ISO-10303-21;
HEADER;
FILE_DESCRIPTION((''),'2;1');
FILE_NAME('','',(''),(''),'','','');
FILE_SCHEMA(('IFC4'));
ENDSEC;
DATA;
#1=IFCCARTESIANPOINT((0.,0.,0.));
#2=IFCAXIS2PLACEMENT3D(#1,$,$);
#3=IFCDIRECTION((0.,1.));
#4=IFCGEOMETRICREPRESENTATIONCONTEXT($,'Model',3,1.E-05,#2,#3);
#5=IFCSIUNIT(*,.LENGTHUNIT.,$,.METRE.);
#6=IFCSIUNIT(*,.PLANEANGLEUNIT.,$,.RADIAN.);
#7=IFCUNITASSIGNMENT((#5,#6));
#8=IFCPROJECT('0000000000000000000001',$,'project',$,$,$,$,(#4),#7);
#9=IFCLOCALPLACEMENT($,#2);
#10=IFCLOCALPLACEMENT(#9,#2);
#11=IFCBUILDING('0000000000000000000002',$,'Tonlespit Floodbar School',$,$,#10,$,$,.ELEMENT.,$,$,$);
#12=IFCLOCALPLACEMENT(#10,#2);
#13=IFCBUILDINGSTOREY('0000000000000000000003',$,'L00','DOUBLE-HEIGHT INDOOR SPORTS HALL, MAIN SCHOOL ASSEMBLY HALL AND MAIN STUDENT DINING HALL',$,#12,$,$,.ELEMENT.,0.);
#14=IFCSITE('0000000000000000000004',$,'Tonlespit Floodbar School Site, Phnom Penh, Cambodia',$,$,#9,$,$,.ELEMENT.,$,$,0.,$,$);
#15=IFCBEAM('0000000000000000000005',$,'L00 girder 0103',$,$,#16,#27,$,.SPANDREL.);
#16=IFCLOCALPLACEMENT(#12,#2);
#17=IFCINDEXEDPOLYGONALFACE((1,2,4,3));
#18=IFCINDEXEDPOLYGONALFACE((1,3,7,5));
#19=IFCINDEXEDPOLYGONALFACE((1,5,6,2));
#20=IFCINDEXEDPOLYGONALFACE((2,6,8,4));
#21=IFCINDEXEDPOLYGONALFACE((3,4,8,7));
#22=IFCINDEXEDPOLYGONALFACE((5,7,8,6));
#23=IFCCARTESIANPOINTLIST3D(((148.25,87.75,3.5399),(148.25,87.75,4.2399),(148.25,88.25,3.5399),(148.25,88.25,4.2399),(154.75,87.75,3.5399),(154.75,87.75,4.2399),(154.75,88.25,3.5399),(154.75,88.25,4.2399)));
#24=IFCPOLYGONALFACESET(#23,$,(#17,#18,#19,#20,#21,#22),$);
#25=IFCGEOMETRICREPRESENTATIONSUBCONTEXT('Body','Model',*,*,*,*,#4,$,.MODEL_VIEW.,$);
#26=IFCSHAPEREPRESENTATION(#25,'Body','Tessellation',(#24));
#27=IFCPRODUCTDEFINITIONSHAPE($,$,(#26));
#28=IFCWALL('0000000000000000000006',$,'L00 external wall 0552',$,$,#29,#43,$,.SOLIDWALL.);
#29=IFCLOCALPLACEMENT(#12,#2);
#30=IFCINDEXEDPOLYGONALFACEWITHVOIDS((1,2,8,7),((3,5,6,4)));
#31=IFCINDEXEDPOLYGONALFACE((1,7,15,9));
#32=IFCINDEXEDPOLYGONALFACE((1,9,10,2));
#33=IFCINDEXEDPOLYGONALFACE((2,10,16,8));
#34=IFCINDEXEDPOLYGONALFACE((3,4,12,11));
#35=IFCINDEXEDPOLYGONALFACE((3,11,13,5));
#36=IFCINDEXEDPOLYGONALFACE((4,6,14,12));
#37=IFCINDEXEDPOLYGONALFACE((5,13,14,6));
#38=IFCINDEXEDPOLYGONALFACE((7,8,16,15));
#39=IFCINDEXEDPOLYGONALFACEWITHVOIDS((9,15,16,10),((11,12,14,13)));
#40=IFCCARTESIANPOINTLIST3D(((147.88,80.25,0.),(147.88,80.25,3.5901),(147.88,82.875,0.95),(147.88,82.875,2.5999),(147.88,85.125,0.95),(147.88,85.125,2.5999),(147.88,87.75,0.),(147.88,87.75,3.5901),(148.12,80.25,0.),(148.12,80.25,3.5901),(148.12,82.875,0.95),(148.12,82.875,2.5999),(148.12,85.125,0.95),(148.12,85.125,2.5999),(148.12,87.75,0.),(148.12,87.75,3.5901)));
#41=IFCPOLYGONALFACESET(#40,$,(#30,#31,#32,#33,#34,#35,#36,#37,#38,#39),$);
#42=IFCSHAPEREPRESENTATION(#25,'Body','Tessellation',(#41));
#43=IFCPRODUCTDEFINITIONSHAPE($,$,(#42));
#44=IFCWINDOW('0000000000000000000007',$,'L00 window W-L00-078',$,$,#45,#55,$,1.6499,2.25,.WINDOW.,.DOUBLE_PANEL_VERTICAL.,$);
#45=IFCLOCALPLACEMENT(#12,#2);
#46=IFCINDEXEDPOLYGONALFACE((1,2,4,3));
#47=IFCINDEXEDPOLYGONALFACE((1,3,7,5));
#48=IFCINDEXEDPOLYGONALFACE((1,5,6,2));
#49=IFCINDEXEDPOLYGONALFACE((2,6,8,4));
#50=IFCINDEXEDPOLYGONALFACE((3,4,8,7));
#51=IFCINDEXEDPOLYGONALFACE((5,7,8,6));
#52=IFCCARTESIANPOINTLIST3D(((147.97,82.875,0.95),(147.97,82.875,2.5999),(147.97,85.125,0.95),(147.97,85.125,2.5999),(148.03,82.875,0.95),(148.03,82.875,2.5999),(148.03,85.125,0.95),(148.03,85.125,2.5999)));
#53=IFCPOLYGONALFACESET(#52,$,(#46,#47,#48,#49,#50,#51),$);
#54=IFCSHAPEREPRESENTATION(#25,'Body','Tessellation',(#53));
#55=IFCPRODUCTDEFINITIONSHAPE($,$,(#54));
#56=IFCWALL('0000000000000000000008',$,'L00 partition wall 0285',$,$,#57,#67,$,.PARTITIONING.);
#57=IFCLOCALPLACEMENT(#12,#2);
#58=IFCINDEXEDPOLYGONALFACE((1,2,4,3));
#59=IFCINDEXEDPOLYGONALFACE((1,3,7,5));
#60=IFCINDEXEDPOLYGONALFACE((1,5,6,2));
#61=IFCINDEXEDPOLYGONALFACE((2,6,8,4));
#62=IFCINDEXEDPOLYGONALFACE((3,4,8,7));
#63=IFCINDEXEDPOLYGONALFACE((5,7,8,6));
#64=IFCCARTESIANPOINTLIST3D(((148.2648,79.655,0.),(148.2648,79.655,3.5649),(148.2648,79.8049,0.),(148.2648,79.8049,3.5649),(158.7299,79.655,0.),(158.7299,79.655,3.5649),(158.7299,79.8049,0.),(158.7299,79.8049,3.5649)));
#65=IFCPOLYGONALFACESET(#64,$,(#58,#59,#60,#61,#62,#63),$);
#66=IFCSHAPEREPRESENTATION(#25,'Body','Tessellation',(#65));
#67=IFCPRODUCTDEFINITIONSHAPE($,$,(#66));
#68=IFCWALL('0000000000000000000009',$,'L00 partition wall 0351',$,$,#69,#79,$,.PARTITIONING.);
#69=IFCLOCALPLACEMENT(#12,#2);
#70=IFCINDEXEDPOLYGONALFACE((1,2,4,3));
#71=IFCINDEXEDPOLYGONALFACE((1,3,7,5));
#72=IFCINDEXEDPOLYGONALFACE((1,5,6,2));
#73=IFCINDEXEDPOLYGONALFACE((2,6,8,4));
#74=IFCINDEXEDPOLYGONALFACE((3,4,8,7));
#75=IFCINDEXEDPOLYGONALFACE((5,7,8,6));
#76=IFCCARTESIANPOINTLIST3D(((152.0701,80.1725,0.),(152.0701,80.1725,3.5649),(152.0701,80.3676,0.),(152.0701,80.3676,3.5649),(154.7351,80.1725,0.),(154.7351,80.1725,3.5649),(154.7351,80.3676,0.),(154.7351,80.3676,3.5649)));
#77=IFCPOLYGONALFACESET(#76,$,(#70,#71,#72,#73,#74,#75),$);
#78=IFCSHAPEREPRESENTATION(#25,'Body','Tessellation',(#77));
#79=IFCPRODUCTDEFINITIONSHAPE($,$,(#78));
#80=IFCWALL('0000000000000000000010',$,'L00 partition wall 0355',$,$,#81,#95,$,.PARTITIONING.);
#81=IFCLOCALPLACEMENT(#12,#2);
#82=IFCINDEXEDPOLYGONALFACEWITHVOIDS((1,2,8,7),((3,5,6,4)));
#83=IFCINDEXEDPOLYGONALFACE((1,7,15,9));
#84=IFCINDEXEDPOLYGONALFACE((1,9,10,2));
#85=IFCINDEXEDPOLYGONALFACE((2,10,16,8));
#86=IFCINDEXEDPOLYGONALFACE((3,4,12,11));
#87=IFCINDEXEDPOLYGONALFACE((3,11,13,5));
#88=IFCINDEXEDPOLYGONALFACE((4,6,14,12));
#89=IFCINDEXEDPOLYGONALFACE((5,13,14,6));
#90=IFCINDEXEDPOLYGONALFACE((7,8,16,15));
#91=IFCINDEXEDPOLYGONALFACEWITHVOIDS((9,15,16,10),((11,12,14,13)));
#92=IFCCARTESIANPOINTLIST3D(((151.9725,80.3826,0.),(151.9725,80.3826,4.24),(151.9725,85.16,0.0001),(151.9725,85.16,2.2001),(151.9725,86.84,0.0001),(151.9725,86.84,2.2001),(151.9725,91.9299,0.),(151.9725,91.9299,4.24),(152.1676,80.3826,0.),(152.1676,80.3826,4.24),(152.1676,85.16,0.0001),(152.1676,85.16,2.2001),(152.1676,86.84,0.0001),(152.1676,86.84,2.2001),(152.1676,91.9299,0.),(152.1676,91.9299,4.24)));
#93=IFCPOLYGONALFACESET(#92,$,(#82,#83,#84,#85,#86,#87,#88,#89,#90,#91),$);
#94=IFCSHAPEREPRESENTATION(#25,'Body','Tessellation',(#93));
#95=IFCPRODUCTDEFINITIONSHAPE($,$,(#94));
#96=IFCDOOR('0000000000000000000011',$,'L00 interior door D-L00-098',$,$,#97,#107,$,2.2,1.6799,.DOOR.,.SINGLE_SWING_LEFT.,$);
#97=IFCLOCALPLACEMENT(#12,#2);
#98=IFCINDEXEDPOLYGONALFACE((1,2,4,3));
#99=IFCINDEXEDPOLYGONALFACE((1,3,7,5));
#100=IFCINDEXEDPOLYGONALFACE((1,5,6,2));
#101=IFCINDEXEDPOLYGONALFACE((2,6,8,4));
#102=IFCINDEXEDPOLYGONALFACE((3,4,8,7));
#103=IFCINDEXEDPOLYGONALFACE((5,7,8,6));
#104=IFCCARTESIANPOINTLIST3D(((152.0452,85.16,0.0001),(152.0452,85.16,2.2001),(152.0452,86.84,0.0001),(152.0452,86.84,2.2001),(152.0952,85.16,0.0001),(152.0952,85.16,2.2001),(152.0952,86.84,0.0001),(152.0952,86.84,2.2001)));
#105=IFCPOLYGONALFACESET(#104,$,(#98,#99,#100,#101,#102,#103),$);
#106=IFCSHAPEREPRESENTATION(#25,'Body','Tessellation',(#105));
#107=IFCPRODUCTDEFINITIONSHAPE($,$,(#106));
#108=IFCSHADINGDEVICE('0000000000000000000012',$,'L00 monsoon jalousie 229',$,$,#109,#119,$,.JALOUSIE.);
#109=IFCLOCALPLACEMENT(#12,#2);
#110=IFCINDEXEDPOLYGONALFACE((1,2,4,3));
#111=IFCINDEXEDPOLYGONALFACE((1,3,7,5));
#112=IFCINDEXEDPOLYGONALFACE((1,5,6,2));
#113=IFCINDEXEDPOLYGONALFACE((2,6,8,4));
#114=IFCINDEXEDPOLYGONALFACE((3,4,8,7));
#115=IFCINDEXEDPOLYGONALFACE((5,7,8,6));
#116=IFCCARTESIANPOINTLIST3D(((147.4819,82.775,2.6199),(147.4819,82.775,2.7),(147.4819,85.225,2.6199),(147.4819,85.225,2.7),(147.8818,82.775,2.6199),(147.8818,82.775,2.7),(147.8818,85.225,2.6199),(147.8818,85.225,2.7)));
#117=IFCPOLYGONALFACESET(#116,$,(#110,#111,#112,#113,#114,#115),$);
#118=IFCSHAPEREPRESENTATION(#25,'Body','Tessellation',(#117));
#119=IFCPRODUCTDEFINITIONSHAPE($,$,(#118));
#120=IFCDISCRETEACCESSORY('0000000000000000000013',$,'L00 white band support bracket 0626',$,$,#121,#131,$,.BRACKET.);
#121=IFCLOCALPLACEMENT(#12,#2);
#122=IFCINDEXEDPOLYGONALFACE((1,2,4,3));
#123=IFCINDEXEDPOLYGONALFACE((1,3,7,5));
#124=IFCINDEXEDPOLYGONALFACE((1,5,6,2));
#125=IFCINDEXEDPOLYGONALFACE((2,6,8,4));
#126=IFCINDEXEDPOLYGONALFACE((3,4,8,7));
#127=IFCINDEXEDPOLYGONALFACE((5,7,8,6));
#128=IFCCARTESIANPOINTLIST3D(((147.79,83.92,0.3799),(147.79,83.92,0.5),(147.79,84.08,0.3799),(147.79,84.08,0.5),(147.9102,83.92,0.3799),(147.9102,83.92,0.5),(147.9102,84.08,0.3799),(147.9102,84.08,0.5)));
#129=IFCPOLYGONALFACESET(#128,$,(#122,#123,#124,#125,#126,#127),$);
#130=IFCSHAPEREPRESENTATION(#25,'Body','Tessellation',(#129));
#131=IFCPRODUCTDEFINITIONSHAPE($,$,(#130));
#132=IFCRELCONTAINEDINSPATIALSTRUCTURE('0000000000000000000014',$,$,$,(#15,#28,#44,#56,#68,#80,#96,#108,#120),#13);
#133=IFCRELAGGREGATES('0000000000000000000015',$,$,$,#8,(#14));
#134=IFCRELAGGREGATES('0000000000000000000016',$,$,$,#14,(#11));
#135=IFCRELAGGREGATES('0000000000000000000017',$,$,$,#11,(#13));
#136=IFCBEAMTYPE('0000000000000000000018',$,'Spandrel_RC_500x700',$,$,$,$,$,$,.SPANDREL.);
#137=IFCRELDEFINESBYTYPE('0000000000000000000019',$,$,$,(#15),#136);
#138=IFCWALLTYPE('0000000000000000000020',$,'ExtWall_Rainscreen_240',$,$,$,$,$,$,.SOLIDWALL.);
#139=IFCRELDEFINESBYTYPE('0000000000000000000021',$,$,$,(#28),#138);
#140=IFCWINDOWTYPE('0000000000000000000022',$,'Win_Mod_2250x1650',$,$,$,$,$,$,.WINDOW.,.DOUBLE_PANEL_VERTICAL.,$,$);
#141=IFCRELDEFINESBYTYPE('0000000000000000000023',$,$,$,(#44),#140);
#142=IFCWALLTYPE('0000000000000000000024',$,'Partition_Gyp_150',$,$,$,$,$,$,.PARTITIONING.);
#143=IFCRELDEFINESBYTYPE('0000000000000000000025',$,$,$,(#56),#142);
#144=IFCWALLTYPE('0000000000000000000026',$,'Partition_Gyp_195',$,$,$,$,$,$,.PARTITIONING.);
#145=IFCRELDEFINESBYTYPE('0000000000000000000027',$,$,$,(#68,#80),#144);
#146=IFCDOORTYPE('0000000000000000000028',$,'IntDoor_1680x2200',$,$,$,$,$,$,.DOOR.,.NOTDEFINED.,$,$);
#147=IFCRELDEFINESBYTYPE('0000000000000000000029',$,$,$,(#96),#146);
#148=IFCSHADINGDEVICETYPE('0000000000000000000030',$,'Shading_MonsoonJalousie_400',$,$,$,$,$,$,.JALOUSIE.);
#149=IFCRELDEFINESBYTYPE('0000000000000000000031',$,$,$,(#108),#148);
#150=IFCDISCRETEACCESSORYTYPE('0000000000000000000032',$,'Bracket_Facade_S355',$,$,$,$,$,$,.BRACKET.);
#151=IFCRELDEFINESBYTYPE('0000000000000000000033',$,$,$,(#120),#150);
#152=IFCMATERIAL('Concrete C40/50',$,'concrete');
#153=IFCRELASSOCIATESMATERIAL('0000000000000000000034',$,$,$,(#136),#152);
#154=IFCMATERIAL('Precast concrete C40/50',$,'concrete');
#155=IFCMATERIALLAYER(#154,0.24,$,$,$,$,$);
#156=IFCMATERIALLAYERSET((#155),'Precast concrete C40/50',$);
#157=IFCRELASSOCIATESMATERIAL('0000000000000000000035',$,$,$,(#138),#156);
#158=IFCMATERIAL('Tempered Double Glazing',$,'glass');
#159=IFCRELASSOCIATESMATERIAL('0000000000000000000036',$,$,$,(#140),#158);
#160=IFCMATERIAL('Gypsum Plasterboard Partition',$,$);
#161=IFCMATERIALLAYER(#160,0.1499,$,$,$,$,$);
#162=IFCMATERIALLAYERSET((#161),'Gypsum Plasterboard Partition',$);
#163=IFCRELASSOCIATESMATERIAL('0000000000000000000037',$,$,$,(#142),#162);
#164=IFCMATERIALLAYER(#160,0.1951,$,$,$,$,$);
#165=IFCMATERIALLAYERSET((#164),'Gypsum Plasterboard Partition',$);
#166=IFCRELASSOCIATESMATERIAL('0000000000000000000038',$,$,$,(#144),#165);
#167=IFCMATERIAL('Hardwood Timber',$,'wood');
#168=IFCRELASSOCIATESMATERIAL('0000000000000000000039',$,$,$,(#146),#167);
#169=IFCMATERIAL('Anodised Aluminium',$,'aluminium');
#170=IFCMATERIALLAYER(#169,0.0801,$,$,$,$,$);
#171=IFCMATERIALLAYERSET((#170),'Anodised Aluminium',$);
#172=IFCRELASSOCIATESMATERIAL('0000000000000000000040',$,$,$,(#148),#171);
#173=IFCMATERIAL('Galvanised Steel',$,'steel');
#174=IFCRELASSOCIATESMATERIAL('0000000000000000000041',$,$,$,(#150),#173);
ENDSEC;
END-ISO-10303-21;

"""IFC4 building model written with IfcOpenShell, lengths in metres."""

from ifc_helpers import new_model, si_unit, direction, frame, frame_2d, origin, origin_2d, place, context, subcontext, project, spatial, rectangle, extrude, material, layer, layer_set, material_profile, profile_set, type_object, element, fill, save


model = new_model("IFC4")

# Units and contexts
model_context = context("Model", 3, precision=1e-05, world=origin(), true_north=direction((0.0, 1.0)))
body_context = subcontext(model_context, "Body", "Model", "MODEL_VIEW")
ifc_project = project(units=[si_unit("LENGTHUNIT", "METRE"), si_unit("PLANEANGLEUNIT", "RADIAN")], contexts=[model_context])

# Site, building, storey
site_placement = place(None, origin())
site = spatial("IfcSite", under=ifc_project, at=site_placement, Name="Tonlespit Floodbar School Site, Phnom Penh, Cambodia", CompositionType="ELEMENT", RefElevation=0.0)
building_placement = place(site_placement, origin())
building = spatial("IfcBuilding", under=site, at=building_placement, Name="Tonlespit Floodbar School", CompositionType="ELEMENT")
storey_placement = place(building_placement, origin())
storey = spatial("IfcBuildingStorey", under=building, at=storey_placement, Name="L00", Description="DOUBLE-HEIGHT INDOOR SPORTS HALL, MAIN SCHOOL ASSEMBLY HALL AND MAIN STUDENT DINING HALL", CompositionType="ELEMENT", Elevation=0.0)

# Shared definitions
ifc_material_1 = material(Name="Concrete C40/50", Category="concrete")

# Beam
ifc_material_profile_1 = material_profile(ifc_material_1, rectangle(XDim=0.5, YDim=0.7, at=origin_2d()), Name="RC 500x700")
ifc_profile_set_1 = profile_set([ifc_material_profile_1], Name="Concrete C40/50")
beam_type_1 = type_object("IfcBeamType", Name="Spandrel_RC_500x700", PredefinedType="SPANDREL", material=ifc_profile_set_1)
beam_1_placement = place(storey_placement, frame((148.25, 88.0, 3.8899), z_axis=(1.0, 0.0, 0.0), x_axis=(0.0, 1.0, 0.0)))
element("IfcBeam", 1, at=beam_1_placement, inside=storey, type_object=beam_type_1, Name="L00 girder 0103", PredefinedType="SPANDREL", context=body_context, shape_type="SweptSolid", body=[
    extrude(rectangle(XDim=0.5, YDim=0.7, at=origin_2d()), origin(), (0.0, 0.0, 1.0), 6.5),
])

# Wall, opening, window
ifc_material_2 = material(Name="Precast concrete C40/50", Category="concrete")
ifc_layer_1 = layer(ifc_material_2, 0.24)
ifc_layer_set_1 = layer_set([ifc_layer_1], Name="Precast concrete C40/50")
wall_type_1 = type_object("IfcWallType", Name="ExtWall_Rainscreen_240", PredefinedType="SOLIDWALL", material=ifc_layer_set_1)
wall_1_placement = place(storey_placement, frame((148.0, 80.25, 0.0), z_axis=(0.0, 0.0, 1.0), x_axis=(0.0, 1.0, 0.0)))
wall_1 = element("IfcWall", 2, at=wall_1_placement, inside=storey, type_object=wall_type_1, Name="L00 external wall 0552", PredefinedType="SOLIDWALL", context=body_context, shape_type="SweptSolid", body=[
    extrude(rectangle(XDim=7.5, YDim=0.24, at=frame_2d((3.75, 0.0))), origin(), (0.0, 0.0, 1.0), 3.5901),
])
opening_1_placement = place(wall_1_placement, frame((2.625, 0.0, 0.95)))
opening_1 = element("IfcOpeningElement", 3, at=opening_1_placement, cuts=wall_1, PredefinedType="OPENING", context=body_context, shape_type="SweptSolid", body=[
    extrude(rectangle(XDim=2.25, YDim=1.6499, at=frame_2d((1.125, 0.825))), frame((0.0, 0.1299, 0.0), z_axis=(0.0, -1.0, 0.0), x_axis=(1.0, 0.0, 0.0)), (0.0, 0.0, 1.0), 0.26),
])
ifc_material_3 = material(Name="Tempered Double Glazing", Category="glass")
window_type = type_object("IfcWindowType", Name="Win_Mod_2250x1650", PartitioningType="DOUBLE_PANEL_VERTICAL", PredefinedType="WINDOW", material=ifc_material_3)
window_placement = place(opening_1_placement, origin())
window = element("IfcWindow", 4, at=window_placement, inside=storey, type_object=window_type, Name="L00 window W-L00-078", OverallHeight=1.6499, OverallWidth=2.25, PartitioningType="DOUBLE_PANEL_VERTICAL", PredefinedType="WINDOW", context=body_context, shape_type="SweptSolid", body=[
    extrude(rectangle(XDim=2.25, YDim=1.6499, at=frame_2d((1.125, 0.825))), frame((0.0, 0.03, 0.0), z_axis=(0.0, -1.0, 0.0), x_axis=(1.0, 0.0, 0.0)), (0.0, 0.0, 1.0), 0.0601),
])
fill(opening_1, window)

# Walls
ifc_material_4 = material(Name="Gypsum Plasterboard Partition")
ifc_layer_2 = layer(ifc_material_4, 0.1499)
ifc_layer_set_2 = layer_set([ifc_layer_2], Name="Gypsum Plasterboard Partition")
wall_type_2 = type_object("IfcWallType", Name="Partition_Gyp_150", PredefinedType="PARTITIONING", material=ifc_layer_set_2)
wall_2_placement = place(storey_placement, frame((148.2649, 79.73, 0.0), z_axis=(0.0, 0.0, 1.0), x_axis=(1.0, 0.0, 0.0)))
element("IfcWall", 5, at=wall_2_placement, inside=storey, type_object=wall_type_2, Name="L00 partition wall 0285", PredefinedType="PARTITIONING", context=body_context, shape_type="SweptSolid", body=[
    extrude(rectangle(XDim=10.4651, YDim=0.1499, at=frame_2d((5.2324, 0.0))), origin(), (0.0, 0.0, 1.0), 3.5649),
])
ifc_layer_3 = layer(ifc_material_4, 0.1951)
ifc_layer_set_3 = layer_set([ifc_layer_3], Name="Gypsum Plasterboard Partition")
wall_type_3 = type_object("IfcWallType", Name="Partition_Gyp_195", PredefinedType="PARTITIONING", material=ifc_layer_set_3)
wall_3_placement = place(storey_placement, frame((152.0701, 80.27, 0.0), z_axis=(0.0, 0.0, 1.0), x_axis=(1.0, 0.0, 0.0)))
element("IfcWall", 6, at=wall_3_placement, inside=storey, type_object=wall_type_3, Name="L00 partition wall 0351", PredefinedType="PARTITIONING", context=body_context, shape_type="SweptSolid", body=[
    extrude(rectangle(XDim=2.665, YDim=0.1951, at=frame_2d((1.3325, 0.0))), origin(), (0.0, 0.0, 1.0), 3.5649),
])

# Wall, opening, door
wall_4_placement = place(storey_placement, frame((152.0701, 80.3826, 0.0), z_axis=(0.0, 0.0, 1.0), x_axis=(0.0, 1.0, 0.0)))
wall_4 = element("IfcWall", 7, at=wall_4_placement, inside=storey, type_object=wall_type_3, Name="L00 partition wall 0355", PredefinedType="PARTITIONING", context=body_context, shape_type="SweptSolid", body=[
    extrude(rectangle(XDim=11.5474, YDim=0.1951, at=frame_2d((5.7737, 0.0))), origin(), (0.0, 0.0, 1.0), 4.24),
])
opening_2_placement = place(wall_4_placement, frame((4.7776, 0.0, 0.0)))
opening_2 = element("IfcOpeningElement", 8, at=opening_2_placement, cuts=wall_4, PredefinedType="OPENING", context=body_context, shape_type="SweptSolid", body=[
    extrude(rectangle(XDim=1.6799, YDim=2.2, at=frame_2d((0.8398, 1.1001))), frame((0.0, 0.1074, 0.0), z_axis=(0.0, -1.0, 0.0), x_axis=(1.0, 0.0, 0.0)), (0.0, 0.0, 1.0), 0.2151),
])
ifc_material_5 = material(Name="Hardwood Timber", Category="wood")
door_type = type_object("IfcDoorType", Name="IntDoor_1680x2200", OperationType="NOTDEFINED", PredefinedType="DOOR", material=ifc_material_5)
door_placement = place(opening_2_placement, origin())
door = element("IfcDoor", 9, at=door_placement, inside=storey, type_object=door_type, Name="L00 interior door D-L00-098", OperationType="SINGLE_SWING_LEFT", OverallHeight=2.2, OverallWidth=1.6799, PredefinedType="DOOR", context=body_context, shape_type="SweptSolid", body=[
    extrude(rectangle(XDim=1.6799, YDim=2.2, at=frame_2d((0.8398, 1.1001))), frame((0.0, 0.0249, 0.0), z_axis=(0.0, -1.0, 0.0), x_axis=(1.0, 0.0, 0.0)), (0.0, 0.0, 1.0), 0.05),
])
fill(opening_2, door)

# Shading device
ifc_material_6 = material(Name="Anodised Aluminium", Category="aluminium")
ifc_layer_4 = layer(ifc_material_6, 0.0801)
ifc_layer_set_4 = layer_set([ifc_layer_4], Name="Anodised Aluminium")
shading_device_type = type_object("IfcShadingDeviceType", Name="Shading_MonsoonJalousie_400", PredefinedType="JALOUSIE", material=ifc_layer_set_4)
shading_device_placement = place(storey_placement, frame((147.6819, 84.0, 2.6199), z_axis=(0.0, 0.0, 1.0), x_axis=(0.0, 1.0, 0.0)))
element("IfcShadingDevice", 10, at=shading_device_placement, inside=storey, type_object=shading_device_type, Name="L00 monsoon jalousie 229", PredefinedType="JALOUSIE", context=body_context, shape_type="SweptSolid", body=[
    extrude(rectangle(XDim=2.45, YDim=0.3999, at=origin_2d()), origin(), (0.0, 0.0, 1.0), 0.0801),
])

# Discrete accessory
ifc_material_7 = material(Name="Galvanised Steel", Category="steel")
discrete_accessory_type = type_object("IfcDiscreteAccessoryType", Name="Bracket_Facade_S355", PredefinedType="BRACKET", material=ifc_material_7)
discrete_accessory_placement = place(storey_placement, frame((147.8501, 84.0, 0.3799), z_axis=(0.0, 0.0, 1.0), x_axis=(0.0, 1.0, 0.0)))
element("IfcDiscreteAccessory", 11, at=discrete_accessory_placement, inside=storey, type_object=discrete_accessory_type, Name="L00 white band support bracket 0626", PredefinedType="BRACKET", context=body_context, shape_type="SweptSolid", body=[
    extrude(rectangle(XDim=0.1599, YDim=0.1201, at=origin_2d()), origin(), (0.0, 0.0, 1.0), 0.1201),
])

save(model, "model.ifc")
